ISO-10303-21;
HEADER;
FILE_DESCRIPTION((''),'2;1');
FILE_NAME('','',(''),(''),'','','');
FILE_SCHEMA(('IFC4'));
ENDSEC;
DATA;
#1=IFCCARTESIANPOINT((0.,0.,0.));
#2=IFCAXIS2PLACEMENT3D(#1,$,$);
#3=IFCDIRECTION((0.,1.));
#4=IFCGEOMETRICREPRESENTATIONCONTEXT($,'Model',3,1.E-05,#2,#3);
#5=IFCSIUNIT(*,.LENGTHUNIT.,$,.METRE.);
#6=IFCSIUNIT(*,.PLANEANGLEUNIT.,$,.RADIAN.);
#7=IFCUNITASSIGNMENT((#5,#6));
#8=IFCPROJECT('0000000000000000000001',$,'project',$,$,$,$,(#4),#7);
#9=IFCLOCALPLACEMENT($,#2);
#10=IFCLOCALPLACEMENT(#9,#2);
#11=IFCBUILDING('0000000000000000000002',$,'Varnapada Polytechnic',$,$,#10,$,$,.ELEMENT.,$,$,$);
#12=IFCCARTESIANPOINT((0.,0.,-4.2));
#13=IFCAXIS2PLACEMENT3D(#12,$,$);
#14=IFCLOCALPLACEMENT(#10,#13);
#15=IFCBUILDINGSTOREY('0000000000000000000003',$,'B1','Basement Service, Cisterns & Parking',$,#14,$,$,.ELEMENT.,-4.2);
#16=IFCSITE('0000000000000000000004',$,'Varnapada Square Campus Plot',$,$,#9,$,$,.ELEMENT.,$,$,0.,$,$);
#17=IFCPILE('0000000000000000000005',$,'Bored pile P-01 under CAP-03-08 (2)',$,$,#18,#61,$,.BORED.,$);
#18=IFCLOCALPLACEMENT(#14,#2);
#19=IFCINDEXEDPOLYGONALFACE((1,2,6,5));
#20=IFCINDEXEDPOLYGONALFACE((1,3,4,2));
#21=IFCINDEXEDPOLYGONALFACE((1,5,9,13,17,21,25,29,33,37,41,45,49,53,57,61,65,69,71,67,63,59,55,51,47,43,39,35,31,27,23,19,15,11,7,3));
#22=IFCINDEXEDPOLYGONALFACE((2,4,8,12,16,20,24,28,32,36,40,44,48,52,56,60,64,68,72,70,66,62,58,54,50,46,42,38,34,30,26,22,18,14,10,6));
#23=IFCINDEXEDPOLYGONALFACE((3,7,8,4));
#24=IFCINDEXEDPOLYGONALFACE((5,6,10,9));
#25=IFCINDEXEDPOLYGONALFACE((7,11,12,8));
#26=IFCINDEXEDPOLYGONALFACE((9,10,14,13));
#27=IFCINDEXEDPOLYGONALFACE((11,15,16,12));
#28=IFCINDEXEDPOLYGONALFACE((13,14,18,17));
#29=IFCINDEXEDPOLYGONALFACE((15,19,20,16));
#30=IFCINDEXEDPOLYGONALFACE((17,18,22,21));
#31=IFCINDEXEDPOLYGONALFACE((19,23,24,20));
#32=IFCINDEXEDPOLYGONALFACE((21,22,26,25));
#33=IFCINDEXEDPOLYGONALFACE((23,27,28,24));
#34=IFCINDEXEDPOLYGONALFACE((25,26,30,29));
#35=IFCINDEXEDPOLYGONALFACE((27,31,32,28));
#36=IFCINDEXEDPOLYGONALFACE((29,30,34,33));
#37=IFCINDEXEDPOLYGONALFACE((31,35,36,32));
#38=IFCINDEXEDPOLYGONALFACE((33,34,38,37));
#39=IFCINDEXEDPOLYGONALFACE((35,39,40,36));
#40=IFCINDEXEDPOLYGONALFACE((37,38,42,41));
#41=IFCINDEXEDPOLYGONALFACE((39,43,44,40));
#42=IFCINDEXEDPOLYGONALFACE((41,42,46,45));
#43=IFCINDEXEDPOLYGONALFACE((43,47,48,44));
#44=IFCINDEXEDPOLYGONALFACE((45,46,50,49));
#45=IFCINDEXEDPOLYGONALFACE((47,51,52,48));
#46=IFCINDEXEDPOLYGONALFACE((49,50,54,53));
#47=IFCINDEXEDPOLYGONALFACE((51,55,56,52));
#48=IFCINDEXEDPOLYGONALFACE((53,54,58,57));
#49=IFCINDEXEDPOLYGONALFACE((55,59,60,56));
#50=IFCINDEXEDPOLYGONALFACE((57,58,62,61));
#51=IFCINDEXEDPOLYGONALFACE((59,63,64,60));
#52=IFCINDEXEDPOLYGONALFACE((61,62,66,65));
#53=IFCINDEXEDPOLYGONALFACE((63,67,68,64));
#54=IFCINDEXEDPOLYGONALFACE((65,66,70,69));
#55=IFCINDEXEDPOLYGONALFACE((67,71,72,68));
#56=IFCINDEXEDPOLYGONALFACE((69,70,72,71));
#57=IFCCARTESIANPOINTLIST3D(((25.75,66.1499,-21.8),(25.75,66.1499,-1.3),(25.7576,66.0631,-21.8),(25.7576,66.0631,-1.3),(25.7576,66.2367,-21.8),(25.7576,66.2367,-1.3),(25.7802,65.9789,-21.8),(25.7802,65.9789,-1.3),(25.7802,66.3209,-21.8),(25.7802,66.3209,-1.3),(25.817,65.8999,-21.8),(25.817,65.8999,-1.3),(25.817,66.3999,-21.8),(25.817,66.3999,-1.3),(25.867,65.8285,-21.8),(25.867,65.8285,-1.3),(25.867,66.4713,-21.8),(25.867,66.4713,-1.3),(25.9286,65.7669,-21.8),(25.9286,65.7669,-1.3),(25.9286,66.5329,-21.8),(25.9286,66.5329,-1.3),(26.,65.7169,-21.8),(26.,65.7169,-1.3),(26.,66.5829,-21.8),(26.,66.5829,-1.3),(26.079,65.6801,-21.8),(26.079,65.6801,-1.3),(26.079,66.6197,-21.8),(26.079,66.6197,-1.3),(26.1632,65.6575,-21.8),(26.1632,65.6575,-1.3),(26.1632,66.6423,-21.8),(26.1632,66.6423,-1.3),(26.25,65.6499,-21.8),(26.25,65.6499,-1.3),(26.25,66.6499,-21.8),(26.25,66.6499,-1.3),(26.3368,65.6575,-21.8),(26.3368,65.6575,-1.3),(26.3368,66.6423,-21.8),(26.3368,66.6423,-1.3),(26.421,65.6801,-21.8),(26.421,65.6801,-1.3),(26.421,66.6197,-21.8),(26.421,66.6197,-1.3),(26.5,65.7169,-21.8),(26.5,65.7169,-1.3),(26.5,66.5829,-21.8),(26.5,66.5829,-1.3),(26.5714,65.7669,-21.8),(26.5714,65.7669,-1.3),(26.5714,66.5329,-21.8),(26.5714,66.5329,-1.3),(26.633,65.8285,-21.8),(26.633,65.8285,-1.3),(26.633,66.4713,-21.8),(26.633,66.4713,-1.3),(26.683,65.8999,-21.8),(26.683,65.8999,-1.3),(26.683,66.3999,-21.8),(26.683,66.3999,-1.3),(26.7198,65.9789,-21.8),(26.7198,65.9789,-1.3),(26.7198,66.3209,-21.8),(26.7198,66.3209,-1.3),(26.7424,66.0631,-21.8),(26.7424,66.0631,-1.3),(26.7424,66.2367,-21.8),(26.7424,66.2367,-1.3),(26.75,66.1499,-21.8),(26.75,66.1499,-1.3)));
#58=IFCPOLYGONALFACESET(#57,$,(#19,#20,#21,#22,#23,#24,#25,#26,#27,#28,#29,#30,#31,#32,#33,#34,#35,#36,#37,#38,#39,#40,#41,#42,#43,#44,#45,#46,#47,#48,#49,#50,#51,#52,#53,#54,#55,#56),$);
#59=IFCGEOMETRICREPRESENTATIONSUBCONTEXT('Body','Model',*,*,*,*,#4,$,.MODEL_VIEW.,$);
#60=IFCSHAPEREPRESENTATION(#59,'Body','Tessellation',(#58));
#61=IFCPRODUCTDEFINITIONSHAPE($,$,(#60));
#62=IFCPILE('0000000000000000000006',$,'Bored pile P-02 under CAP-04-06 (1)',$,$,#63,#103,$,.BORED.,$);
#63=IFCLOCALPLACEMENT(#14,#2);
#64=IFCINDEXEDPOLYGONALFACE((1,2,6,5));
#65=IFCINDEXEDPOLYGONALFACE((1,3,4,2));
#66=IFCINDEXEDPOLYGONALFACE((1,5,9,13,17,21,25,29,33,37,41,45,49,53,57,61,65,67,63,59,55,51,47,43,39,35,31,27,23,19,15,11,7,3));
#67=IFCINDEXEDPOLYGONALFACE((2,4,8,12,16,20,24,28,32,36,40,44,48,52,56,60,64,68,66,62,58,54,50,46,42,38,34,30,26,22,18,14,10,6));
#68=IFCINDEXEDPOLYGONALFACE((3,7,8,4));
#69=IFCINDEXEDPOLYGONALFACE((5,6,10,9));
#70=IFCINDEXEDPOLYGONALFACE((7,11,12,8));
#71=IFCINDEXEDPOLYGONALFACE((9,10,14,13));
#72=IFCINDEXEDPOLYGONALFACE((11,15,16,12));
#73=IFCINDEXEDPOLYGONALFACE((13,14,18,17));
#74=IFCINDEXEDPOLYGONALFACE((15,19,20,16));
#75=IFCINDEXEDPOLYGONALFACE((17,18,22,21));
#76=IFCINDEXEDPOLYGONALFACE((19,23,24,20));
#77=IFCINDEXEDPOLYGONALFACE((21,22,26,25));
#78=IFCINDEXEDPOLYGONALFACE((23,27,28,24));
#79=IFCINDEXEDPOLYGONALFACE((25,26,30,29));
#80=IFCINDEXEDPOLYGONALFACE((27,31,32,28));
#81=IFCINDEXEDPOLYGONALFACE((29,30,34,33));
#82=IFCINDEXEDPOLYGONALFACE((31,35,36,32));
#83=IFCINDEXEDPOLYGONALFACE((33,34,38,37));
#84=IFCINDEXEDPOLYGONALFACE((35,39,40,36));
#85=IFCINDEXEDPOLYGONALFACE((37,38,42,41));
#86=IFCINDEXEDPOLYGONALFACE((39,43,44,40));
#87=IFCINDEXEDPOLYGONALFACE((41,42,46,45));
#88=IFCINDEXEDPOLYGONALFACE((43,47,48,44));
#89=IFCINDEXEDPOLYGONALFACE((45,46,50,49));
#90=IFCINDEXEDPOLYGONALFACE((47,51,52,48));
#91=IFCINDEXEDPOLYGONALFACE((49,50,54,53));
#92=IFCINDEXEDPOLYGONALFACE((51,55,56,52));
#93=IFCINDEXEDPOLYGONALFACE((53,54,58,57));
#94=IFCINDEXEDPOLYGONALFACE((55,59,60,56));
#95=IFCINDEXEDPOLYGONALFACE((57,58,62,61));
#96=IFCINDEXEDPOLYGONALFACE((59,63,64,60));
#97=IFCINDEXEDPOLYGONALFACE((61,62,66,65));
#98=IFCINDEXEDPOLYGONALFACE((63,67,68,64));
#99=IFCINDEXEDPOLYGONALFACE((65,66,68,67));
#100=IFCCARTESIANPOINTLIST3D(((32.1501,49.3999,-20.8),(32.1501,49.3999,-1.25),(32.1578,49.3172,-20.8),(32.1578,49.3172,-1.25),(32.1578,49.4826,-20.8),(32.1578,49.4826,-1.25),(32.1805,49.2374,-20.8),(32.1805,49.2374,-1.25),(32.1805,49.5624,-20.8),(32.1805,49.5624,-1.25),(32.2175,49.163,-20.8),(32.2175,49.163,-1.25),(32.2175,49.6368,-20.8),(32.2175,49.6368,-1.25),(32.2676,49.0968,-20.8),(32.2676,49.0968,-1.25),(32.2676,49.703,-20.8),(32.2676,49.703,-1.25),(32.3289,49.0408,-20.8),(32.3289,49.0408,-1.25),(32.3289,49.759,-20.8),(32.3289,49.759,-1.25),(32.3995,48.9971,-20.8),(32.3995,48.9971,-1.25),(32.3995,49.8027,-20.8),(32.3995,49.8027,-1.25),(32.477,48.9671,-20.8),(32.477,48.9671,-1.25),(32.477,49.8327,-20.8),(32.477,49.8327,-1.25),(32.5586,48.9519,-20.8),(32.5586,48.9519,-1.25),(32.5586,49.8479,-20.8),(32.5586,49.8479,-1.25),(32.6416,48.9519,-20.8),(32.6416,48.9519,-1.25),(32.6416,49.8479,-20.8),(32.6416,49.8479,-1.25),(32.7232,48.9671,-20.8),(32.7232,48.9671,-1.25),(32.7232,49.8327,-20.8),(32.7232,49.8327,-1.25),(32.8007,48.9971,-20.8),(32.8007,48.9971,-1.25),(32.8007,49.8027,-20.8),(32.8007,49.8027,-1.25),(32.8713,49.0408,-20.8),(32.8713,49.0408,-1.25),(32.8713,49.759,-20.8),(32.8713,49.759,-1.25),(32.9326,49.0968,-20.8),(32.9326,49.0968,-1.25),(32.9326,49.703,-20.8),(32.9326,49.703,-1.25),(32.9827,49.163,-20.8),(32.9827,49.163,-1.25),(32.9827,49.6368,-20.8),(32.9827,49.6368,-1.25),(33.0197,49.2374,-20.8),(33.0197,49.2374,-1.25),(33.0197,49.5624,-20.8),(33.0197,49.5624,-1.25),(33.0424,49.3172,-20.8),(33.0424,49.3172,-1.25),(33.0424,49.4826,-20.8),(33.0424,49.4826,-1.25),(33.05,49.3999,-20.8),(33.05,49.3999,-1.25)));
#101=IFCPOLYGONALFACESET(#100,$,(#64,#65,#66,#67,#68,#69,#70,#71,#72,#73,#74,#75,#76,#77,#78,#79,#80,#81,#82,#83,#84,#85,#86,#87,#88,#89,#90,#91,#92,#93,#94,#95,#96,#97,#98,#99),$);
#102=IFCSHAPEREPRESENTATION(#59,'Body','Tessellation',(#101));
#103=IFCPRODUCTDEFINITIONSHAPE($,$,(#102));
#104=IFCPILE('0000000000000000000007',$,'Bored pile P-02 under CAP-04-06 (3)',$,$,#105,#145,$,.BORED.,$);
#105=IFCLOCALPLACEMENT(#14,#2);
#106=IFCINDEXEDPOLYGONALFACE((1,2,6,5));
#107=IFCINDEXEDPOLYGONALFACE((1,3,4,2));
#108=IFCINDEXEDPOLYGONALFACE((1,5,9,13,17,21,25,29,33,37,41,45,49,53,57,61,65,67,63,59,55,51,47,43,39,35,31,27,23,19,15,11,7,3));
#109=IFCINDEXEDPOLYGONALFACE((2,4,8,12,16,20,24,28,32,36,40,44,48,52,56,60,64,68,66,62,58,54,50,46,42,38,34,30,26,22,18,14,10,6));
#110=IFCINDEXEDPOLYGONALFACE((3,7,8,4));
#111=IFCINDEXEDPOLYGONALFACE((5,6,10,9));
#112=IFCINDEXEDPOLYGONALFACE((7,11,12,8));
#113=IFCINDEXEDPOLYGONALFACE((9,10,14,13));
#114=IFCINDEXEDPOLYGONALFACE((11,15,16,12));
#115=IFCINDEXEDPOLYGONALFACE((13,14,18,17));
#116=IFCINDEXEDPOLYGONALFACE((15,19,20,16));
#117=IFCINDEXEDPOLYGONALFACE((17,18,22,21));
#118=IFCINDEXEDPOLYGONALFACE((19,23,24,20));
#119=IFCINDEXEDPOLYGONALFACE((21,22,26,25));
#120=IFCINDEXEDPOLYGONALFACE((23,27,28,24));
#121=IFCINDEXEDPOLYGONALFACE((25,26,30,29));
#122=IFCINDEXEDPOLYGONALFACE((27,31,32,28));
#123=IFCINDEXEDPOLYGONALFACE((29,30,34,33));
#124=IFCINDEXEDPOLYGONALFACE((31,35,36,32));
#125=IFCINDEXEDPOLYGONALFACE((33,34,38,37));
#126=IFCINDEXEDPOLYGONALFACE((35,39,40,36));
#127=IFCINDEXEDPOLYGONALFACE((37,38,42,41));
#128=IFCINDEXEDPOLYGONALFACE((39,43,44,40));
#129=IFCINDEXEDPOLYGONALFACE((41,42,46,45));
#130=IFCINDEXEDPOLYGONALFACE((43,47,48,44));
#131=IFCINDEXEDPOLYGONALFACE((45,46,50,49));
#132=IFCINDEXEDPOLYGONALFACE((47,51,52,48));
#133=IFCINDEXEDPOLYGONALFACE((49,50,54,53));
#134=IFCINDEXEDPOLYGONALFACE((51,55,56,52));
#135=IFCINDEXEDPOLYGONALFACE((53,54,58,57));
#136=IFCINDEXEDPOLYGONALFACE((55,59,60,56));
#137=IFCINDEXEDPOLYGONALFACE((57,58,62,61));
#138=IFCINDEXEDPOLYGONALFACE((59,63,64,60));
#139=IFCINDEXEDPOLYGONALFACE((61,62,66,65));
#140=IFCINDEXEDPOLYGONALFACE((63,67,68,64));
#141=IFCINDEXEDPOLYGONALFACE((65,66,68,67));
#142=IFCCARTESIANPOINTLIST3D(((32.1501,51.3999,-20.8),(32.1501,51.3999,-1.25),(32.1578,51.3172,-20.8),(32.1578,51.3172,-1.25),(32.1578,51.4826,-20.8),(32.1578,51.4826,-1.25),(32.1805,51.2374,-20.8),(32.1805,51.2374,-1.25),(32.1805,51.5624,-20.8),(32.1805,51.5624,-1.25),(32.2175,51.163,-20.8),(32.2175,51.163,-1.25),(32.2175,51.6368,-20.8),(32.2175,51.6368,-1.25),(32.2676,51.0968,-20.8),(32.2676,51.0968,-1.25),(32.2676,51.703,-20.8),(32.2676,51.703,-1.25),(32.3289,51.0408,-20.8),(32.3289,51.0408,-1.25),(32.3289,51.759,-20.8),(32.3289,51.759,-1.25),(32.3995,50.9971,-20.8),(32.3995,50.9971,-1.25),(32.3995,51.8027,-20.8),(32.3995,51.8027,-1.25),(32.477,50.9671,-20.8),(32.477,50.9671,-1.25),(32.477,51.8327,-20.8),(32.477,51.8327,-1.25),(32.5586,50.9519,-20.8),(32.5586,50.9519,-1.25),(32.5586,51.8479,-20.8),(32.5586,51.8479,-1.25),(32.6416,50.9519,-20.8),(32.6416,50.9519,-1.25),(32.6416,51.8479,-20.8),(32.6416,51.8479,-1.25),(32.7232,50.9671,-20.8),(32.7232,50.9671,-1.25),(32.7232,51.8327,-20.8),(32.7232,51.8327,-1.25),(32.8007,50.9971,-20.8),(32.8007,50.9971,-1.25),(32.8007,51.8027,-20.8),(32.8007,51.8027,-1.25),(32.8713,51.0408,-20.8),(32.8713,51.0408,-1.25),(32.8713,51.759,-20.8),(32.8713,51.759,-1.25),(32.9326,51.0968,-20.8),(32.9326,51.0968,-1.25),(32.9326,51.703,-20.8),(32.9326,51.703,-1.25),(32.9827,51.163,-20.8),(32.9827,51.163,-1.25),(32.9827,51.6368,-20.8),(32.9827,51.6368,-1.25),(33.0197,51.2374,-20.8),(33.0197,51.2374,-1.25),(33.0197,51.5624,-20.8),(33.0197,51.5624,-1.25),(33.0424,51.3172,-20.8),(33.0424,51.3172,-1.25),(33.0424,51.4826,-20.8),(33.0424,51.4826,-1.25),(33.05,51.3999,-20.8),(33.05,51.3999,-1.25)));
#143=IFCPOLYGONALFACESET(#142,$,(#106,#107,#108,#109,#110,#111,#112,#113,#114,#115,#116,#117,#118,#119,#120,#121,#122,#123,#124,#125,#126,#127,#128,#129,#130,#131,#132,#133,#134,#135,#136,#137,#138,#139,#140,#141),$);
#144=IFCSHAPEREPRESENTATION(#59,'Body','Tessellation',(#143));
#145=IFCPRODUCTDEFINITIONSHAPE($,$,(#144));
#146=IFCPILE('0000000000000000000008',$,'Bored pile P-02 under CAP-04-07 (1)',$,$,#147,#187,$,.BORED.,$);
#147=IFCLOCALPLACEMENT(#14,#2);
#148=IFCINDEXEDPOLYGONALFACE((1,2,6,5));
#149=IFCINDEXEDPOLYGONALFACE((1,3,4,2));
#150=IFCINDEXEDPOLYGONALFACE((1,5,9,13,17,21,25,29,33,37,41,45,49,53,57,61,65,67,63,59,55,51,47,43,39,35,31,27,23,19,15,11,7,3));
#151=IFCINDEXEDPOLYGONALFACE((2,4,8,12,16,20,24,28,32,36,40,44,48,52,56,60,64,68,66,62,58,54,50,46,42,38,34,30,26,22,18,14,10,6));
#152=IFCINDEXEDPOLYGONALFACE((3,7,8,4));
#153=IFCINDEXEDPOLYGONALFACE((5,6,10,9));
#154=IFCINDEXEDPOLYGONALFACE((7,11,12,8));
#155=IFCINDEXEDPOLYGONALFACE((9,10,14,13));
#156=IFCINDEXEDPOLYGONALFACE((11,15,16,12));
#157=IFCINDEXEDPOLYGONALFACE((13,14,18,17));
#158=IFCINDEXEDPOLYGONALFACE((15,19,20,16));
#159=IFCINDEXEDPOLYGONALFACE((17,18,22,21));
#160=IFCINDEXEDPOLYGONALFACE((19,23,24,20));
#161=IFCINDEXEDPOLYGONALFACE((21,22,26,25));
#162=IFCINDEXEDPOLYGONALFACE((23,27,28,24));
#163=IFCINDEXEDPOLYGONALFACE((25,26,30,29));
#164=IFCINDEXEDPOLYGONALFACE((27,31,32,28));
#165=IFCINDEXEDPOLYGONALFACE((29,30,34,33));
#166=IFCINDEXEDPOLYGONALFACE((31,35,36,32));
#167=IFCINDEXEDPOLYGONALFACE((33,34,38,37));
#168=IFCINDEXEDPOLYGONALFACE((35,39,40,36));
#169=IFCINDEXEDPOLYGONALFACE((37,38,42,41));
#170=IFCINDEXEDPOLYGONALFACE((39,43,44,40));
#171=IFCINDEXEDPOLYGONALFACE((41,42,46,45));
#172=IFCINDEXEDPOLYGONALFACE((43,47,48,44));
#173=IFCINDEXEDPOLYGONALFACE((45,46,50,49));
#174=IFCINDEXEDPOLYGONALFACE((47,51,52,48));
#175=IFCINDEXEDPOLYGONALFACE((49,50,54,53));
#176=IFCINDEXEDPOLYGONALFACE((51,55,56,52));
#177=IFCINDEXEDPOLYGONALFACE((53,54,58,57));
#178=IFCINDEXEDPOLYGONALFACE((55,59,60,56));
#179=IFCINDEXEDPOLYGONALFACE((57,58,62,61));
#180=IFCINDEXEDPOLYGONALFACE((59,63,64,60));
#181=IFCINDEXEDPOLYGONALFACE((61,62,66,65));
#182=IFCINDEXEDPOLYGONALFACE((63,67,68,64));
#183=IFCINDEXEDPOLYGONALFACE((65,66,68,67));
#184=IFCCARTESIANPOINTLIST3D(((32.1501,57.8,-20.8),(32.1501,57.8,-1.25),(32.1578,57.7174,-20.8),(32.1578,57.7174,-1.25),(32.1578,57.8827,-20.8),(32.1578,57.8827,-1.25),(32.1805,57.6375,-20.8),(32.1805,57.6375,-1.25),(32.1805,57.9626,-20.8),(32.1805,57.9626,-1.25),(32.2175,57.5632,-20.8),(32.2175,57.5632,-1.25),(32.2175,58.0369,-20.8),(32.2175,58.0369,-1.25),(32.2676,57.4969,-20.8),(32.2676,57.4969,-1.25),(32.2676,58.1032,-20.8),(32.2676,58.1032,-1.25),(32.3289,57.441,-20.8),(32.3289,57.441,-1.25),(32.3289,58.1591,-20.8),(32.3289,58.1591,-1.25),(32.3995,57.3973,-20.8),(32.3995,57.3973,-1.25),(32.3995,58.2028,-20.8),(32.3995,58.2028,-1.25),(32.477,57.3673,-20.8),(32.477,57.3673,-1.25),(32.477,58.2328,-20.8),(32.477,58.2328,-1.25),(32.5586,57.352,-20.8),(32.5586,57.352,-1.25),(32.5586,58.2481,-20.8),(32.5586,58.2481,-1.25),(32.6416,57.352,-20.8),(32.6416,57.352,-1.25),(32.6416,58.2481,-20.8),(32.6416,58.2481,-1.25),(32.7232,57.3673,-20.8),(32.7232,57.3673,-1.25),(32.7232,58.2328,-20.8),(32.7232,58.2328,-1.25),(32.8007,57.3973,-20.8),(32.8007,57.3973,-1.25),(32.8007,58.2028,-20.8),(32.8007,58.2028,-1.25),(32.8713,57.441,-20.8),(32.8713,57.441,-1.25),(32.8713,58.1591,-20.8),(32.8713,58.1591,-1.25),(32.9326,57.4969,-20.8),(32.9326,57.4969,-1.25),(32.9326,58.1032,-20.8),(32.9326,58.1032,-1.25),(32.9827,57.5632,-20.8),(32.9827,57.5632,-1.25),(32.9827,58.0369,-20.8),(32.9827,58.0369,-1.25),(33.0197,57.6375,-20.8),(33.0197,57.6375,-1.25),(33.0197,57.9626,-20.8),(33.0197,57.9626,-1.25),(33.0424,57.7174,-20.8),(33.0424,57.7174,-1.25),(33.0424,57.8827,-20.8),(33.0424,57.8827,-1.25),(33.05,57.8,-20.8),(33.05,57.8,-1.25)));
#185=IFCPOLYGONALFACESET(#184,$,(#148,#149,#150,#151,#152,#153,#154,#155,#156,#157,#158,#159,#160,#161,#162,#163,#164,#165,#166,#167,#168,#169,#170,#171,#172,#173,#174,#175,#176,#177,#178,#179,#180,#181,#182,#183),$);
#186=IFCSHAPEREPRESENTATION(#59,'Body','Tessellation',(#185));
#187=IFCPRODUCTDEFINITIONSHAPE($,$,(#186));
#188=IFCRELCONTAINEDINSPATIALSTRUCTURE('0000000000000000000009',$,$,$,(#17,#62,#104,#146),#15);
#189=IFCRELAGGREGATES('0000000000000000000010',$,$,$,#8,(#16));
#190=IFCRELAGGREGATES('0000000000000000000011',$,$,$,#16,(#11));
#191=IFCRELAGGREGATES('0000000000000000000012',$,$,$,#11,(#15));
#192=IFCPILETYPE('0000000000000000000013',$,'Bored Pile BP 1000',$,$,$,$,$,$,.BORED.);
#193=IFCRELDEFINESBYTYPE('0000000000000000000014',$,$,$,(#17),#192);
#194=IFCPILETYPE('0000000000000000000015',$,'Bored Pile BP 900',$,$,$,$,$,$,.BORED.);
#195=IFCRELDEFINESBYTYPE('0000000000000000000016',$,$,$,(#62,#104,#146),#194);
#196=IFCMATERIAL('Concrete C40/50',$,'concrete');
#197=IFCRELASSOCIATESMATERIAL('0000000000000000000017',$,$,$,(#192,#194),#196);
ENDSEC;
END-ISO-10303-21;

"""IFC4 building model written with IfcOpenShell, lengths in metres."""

from ifc_helpers import new_model, si_unit, direction, frame, origin, origin_2d, place, context, subcontext, project, spatial, circle, extrude, material, material_profile, profile_set, type_object, element, save


model = new_model("IFC4")

# Units and contexts
model_context = context("Model", 3, precision=1e-05, world=origin(), true_north=direction((0.0, 1.0)))
body_context = subcontext(model_context, "Body", "Model", "MODEL_VIEW")
ifc_project = project(units=[si_unit("LENGTHUNIT", "METRE"), si_unit("PLANEANGLEUNIT", "RADIAN")], contexts=[model_context])

# Site, building, storey
site_placement = place(None, origin())
site = spatial("IfcSite", under=ifc_project, at=site_placement, Name="Varnapada Square Campus Plot", CompositionType="ELEMENT", RefElevation=0.0)
building_placement = place(site_placement, origin())
building = spatial("IfcBuilding", under=site, at=building_placement, Name="Varnapada Polytechnic", CompositionType="ELEMENT")
storey_placement = place(building_placement, frame((0.0, 0.0, -4.2)))
storey = spatial("IfcBuildingStorey", under=building, at=storey_placement, Name="B1", Description="Basement Service, Cisterns & Parking", CompositionType="ELEMENT", Elevation=-4.2)

# Piles
ifc_material_1 = material(Name="Concrete C40/50", Category="concrete")
ifc_material_profile_1 = material_profile(ifc_material_1, circle(Radius=0.5, at=origin_2d()), Name="BP 1000")
ifc_profile_set_1 = profile_set([ifc_material_profile_1], Name="Concrete C40/50")
pile_type_1 = type_object("IfcPileType", Name="Bored Pile BP 1000", PredefinedType="BORED", material=ifc_profile_set_1)
for number, where, z_axis, x_axis, name in (
    (1, (26.25, 66.1499, -1.3), (0.0, 0.0, -1.0), (1.0, 0.0, 0.0), "Bored pile P-01 under CAP-03-08 (2)"),
):
    element("IfcPile", number, at=place(storey_placement, frame(where, z_axis=z_axis, x_axis=x_axis)), inside=storey, type_object=pile_type_1, Name=name, PredefinedType="BORED", context=body_context, shape_type="SweptSolid", body=[
        extrude(circle(Radius=0.5, at=origin_2d()), origin(), (0.0, 0.0, 1.0), 20.5),
    ])
ifc_material_profile_2 = material_profile(ifc_material_1, circle(Radius=0.45, at=origin_2d()), Name="BP 900")
ifc_profile_set_2 = profile_set([ifc_material_profile_2], Name="Concrete C40/50")
pile_type_2 = type_object("IfcPileType", Name="Bored Pile BP 900", PredefinedType="BORED", material=ifc_profile_set_2)
for number, where, z_axis, x_axis, name in (
    (2, (32.6001, 49.3999, -1.25), (0.0, 0.0, -1.0), (1.0, 0.0, 0.0), "Bored pile P-02 under CAP-04-06 (1)"),
    (3, (32.6001, 51.3999, -1.25), (0.0, 0.0, -1.0), (1.0, 0.0, 0.0), "Bored pile P-02 under CAP-04-06 (3)"),
    (4, (32.6001, 57.8, -1.25), (0.0, 0.0, -1.0), (1.0, 0.0, 0.0), "Bored pile P-02 under CAP-04-07 (1)"),
):
    element("IfcPile", number, at=place(storey_placement, frame(where, z_axis=z_axis, x_axis=x_axis)), inside=storey, type_object=pile_type_2, Name=name, PredefinedType="BORED", context=body_context, shape_type="SweptSolid", body=[
        extrude(circle(Radius=0.45, at=origin_2d()), origin(), (0.0, 0.0, 1.0), 19.55),
    ])

save(model, "model.ifc")
